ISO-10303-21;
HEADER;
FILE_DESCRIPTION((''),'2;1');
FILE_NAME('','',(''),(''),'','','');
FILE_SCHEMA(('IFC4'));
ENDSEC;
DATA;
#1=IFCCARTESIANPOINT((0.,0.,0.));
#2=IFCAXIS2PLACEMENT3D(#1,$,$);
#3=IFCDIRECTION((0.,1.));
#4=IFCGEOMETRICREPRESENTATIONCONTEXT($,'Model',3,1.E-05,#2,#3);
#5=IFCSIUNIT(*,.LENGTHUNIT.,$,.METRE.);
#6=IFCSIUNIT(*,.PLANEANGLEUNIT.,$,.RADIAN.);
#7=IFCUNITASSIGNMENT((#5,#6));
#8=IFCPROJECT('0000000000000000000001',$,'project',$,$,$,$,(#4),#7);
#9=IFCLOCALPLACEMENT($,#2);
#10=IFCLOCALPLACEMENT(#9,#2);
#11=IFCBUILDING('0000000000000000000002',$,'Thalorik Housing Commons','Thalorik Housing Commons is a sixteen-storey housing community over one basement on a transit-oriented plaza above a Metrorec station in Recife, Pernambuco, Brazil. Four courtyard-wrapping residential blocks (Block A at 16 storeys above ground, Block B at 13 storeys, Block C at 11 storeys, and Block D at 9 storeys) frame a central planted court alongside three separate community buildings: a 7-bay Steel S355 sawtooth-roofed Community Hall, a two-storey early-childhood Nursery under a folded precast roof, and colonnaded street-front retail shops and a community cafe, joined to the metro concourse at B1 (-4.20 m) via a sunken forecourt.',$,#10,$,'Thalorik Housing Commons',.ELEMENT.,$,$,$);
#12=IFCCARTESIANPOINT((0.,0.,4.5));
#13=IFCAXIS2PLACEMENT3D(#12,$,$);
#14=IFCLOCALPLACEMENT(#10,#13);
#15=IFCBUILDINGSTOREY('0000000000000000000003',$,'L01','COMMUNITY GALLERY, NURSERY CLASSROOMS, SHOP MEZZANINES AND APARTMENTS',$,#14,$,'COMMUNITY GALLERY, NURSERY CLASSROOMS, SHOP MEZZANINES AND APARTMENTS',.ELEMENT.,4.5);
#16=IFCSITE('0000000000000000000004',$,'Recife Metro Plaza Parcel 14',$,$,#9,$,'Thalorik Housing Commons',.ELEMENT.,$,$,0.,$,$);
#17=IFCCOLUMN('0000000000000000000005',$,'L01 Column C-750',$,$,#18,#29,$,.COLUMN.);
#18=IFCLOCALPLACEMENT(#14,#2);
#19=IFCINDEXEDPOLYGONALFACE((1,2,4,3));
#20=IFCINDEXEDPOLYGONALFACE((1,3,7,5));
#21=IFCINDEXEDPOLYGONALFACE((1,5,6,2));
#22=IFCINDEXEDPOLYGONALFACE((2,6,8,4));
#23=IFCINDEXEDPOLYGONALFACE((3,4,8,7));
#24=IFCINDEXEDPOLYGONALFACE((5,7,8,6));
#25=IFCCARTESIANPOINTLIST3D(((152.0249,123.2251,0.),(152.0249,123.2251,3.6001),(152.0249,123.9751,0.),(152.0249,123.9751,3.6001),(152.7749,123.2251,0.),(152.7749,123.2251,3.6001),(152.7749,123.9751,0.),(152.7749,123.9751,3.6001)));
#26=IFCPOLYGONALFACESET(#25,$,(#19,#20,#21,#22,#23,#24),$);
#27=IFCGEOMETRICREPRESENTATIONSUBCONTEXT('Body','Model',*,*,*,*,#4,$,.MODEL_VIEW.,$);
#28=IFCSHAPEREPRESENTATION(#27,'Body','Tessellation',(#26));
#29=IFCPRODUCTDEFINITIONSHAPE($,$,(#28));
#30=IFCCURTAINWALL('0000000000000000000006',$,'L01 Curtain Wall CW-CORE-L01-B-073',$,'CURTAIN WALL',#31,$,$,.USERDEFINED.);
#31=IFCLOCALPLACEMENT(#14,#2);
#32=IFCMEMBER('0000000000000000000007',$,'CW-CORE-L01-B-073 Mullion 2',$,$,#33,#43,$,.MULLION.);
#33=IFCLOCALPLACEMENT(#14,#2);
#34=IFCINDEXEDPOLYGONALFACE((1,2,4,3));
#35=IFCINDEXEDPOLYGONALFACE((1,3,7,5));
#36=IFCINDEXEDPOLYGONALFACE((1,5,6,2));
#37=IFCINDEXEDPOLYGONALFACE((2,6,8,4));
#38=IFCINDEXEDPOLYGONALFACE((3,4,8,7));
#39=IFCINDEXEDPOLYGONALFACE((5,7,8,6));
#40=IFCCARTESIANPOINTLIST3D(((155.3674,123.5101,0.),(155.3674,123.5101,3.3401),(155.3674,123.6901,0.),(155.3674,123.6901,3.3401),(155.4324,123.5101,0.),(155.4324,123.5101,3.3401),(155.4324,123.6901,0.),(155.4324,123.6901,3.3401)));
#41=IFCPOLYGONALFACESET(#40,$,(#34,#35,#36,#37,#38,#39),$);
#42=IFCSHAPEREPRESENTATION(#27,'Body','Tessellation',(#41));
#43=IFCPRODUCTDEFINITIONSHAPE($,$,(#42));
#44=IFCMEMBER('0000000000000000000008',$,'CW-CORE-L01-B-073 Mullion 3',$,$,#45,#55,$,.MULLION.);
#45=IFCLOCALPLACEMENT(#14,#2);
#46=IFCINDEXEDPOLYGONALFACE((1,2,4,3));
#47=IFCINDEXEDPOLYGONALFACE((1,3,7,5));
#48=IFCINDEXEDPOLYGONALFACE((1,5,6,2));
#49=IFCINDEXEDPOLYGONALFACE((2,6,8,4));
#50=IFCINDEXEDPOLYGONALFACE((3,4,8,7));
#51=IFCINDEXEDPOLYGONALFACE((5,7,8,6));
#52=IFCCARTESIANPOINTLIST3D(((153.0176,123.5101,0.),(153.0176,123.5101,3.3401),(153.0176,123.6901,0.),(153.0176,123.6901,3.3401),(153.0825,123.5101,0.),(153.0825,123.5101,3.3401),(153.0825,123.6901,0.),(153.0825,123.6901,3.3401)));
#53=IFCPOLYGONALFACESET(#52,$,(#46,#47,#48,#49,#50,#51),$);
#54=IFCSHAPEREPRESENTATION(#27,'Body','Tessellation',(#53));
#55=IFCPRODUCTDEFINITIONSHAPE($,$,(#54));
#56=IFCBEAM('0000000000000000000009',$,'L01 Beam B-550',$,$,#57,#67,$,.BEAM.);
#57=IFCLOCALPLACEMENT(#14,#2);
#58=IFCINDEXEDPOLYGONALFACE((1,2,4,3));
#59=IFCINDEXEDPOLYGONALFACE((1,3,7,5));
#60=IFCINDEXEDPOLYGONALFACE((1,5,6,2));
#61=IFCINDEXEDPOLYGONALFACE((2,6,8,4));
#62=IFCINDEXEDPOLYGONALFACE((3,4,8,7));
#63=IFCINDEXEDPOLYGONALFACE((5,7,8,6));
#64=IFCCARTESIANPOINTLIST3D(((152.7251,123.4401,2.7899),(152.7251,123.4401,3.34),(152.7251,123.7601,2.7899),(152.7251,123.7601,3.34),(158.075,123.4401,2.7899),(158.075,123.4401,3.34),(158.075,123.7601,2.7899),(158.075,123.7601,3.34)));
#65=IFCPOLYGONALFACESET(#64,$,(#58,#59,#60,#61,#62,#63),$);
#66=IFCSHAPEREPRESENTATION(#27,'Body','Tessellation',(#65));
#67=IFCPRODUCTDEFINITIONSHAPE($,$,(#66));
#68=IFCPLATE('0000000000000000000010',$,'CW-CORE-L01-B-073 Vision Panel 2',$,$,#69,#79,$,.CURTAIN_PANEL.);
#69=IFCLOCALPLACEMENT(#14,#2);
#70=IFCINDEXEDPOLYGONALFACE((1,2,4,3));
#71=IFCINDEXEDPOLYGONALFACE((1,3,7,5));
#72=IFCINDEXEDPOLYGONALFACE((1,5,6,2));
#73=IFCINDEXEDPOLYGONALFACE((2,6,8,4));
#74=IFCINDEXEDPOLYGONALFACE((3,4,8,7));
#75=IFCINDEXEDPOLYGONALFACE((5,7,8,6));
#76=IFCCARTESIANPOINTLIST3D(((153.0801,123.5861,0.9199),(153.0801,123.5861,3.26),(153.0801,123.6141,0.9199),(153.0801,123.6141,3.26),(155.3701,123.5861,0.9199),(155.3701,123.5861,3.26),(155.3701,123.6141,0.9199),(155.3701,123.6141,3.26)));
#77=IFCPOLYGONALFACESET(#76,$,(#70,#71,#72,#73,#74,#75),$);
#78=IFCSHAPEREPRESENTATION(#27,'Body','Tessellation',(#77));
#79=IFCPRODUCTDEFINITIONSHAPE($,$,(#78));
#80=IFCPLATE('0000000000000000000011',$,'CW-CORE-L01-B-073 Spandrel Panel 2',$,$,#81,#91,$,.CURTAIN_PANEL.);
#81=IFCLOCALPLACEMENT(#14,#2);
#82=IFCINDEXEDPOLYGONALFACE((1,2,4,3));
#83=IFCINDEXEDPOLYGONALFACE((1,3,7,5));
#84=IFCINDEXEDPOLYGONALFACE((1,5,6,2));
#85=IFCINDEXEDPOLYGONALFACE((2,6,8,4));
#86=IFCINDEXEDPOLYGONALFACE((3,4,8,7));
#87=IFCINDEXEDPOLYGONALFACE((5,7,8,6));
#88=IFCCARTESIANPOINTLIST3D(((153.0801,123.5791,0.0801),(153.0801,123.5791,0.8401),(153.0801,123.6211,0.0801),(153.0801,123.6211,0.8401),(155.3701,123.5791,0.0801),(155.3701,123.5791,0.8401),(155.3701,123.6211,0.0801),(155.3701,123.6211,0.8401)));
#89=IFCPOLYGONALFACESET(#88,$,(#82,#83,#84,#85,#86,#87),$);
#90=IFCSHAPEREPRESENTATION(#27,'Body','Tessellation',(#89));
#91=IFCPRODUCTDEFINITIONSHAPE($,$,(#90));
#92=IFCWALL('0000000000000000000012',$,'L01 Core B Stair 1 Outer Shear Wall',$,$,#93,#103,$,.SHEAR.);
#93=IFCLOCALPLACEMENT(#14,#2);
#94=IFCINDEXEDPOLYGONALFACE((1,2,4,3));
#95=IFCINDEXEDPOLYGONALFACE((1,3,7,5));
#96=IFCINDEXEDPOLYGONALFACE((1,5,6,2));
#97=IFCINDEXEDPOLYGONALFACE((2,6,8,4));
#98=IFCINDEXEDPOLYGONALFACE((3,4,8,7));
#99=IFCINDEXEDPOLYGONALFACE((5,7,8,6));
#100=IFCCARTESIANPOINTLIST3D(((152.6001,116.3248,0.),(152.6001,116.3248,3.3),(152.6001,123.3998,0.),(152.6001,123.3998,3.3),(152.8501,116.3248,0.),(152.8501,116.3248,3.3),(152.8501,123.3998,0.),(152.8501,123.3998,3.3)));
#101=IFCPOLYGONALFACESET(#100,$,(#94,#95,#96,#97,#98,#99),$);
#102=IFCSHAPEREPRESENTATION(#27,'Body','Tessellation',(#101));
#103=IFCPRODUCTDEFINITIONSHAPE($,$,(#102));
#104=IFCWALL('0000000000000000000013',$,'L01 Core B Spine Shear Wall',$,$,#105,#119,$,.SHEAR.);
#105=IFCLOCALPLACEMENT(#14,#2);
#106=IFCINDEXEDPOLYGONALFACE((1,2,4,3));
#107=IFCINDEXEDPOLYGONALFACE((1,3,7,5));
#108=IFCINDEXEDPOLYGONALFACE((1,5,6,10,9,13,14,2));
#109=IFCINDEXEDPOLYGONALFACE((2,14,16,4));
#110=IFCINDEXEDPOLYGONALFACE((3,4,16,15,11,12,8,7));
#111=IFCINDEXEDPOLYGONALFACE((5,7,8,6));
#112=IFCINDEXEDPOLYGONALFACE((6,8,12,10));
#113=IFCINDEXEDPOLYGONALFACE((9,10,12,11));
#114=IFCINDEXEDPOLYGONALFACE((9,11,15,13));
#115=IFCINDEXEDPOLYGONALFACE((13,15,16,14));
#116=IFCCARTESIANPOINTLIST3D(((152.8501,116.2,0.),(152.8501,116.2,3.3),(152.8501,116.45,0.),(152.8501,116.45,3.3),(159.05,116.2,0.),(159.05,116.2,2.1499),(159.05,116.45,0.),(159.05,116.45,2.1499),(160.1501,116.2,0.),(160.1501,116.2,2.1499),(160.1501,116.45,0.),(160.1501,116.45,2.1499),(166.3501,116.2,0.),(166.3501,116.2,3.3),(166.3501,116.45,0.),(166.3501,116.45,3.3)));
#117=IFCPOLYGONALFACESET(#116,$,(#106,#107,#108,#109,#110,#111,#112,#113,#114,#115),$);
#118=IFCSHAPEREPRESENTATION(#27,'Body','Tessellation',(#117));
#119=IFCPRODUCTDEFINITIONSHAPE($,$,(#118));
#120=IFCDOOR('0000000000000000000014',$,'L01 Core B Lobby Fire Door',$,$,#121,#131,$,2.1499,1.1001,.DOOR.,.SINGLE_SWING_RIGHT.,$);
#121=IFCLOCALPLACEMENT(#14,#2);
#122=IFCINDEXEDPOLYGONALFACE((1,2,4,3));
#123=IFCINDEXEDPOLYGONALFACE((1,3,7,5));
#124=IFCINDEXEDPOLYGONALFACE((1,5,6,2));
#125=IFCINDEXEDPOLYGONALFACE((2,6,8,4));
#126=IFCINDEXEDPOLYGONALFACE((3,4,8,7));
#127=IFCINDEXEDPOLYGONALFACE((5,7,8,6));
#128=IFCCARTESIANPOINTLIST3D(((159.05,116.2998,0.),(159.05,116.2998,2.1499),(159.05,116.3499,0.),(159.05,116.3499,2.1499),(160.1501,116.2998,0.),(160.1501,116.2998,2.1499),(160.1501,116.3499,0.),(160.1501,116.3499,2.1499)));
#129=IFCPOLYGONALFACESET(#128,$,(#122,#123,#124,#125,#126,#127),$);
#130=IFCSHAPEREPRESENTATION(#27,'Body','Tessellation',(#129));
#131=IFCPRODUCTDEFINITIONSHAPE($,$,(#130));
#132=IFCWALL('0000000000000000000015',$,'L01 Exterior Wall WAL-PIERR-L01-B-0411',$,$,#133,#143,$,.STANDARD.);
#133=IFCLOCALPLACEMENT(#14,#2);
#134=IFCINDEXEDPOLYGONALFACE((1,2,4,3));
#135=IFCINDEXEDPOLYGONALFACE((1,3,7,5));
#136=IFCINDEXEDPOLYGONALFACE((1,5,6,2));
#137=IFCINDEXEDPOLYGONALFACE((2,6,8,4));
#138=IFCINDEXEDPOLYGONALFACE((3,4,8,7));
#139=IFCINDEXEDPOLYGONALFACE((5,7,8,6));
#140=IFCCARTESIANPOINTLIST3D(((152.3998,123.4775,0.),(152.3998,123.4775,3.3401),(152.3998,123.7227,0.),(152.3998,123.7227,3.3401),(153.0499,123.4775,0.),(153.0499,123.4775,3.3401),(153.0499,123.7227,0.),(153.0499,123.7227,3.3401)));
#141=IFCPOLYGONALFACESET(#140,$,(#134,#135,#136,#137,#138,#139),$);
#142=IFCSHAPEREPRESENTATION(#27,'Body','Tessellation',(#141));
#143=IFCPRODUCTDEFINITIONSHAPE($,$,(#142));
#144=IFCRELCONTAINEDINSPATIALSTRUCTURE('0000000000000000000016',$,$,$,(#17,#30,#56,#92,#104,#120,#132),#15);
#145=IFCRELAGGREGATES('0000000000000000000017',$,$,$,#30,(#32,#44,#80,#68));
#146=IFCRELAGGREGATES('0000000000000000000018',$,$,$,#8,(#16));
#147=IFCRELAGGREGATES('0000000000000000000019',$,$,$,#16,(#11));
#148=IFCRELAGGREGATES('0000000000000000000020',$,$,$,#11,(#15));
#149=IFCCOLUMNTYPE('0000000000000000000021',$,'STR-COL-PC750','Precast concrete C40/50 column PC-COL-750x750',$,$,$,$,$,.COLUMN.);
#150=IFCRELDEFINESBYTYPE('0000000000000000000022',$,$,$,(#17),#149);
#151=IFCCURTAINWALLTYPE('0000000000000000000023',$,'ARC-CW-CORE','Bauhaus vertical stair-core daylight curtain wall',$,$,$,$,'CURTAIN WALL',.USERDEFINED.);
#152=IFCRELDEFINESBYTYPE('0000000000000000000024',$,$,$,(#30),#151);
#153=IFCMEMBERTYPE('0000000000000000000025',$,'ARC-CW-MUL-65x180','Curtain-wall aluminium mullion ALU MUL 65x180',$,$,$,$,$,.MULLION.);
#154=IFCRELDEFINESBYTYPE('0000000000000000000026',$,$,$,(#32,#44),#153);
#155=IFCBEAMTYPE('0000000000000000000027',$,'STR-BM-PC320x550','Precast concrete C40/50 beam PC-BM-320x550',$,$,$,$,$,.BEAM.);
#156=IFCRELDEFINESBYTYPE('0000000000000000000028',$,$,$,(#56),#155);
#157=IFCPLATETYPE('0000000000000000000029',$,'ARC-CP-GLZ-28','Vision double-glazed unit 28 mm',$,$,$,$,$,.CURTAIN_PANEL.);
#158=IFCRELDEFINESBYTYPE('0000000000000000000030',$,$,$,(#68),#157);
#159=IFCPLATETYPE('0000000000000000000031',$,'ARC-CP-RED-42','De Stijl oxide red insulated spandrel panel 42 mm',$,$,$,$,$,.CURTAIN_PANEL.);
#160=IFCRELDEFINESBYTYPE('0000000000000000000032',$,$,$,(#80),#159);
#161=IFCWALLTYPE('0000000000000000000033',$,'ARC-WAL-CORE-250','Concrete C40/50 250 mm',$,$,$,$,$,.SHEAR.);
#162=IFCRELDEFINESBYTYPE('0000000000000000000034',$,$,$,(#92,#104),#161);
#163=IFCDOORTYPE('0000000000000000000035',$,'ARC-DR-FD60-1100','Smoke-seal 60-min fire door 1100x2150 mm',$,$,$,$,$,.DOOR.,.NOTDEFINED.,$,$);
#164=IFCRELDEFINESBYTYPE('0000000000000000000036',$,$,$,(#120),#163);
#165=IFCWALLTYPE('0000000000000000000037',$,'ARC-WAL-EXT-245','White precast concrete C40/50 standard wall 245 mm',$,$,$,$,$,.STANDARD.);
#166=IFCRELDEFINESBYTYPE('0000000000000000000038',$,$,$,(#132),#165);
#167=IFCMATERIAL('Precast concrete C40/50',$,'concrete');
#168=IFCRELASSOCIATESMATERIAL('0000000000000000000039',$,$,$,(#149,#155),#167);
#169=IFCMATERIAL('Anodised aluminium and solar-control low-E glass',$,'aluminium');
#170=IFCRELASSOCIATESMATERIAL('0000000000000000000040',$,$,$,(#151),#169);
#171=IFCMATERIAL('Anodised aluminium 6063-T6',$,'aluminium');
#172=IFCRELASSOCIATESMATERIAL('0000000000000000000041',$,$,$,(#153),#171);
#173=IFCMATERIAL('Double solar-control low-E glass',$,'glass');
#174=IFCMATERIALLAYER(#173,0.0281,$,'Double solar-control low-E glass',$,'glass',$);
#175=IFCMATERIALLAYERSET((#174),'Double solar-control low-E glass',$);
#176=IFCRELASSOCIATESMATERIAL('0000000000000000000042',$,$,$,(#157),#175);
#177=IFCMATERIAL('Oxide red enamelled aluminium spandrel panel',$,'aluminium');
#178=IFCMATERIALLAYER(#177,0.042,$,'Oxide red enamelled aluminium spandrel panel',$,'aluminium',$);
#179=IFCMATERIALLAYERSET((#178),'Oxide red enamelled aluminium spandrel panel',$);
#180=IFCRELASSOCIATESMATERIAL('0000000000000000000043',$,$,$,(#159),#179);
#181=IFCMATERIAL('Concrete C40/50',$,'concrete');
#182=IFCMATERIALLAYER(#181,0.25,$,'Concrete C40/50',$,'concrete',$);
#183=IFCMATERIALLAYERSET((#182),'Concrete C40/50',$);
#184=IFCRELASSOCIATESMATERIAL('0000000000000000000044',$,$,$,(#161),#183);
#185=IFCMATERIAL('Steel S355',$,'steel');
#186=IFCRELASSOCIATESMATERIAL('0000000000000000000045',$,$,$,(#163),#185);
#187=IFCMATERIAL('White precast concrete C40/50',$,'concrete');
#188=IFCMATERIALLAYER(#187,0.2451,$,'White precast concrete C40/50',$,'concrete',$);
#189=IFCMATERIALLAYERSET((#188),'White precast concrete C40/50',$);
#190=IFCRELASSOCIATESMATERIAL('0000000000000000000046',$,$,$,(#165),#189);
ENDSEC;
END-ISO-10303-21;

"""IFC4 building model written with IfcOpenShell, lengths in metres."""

from ifc_helpers import new_model, si_unit, direction, frame, frame_2d, origin, origin_2d, place, context, subcontext, project, spatial, rectangle, extrude, material, layer, layer_set, material_profile, profile_set, type_object, element, fill, aggregate, save


model = new_model("IFC4")

# Units and contexts
model_context = context("Model", 3, precision=1e-05, world=origin(), true_north=direction((0.0, 1.0)))
body_context = subcontext(model_context, "Body", "Model", "MODEL_VIEW")
ifc_project = project(units=[si_unit("LENGTHUNIT", "METRE"), si_unit("PLANEANGLEUNIT", "RADIAN")], contexts=[model_context])

# Site, building, storey
site_placement = place(None, origin())
site = spatial("IfcSite", under=ifc_project, at=site_placement, Name="Recife Metro Plaza Parcel 14", LongName="Thalorik Housing Commons", CompositionType="ELEMENT", RefElevation=0.0)
building_placement = place(site_placement, origin())
building = spatial("IfcBuilding", under=site, at=building_placement, Name="Thalorik Housing Commons", Description="Thalorik Housing Commons is a sixteen-storey housing community over one basement on a transit-oriented plaza above a Metrorec station in Recife, Pernambuco, Brazil. Four courtyard-wrapping residential blocks (Block A at 16 storeys above ground, Block B at 13 storeys, Block C at 11 storeys, and Block D at 9 storeys) frame a central planted court alongside three separate community buildings: a 7-bay Steel S355 sawtooth-roofed Community Hall, a two-storey early-childhood Nursery under a folded precast roof, and colonnaded street-front retail shops and a community cafe, joined to the metro concourse at B1 (-4.20 m) via a sunken forecourt.", LongName="Thalorik Housing Commons", CompositionType="ELEMENT")
storey_placement = place(building_placement, frame((0.0, 0.0, 4.5)))
storey = spatial("IfcBuildingStorey", under=building, at=storey_placement, Name="L01", Description="COMMUNITY GALLERY, NURSERY CLASSROOMS, SHOP MEZZANINES AND APARTMENTS", LongName="COMMUNITY GALLERY, NURSERY CLASSROOMS, SHOP MEZZANINES AND APARTMENTS", CompositionType="ELEMENT", Elevation=4.5)

# Column
ifc_material_1 = material(Name="Precast concrete C40/50", Category="concrete")
ifc_material_profile_1 = material_profile(ifc_material_1, rectangle(XDim=0.75, YDim=0.75, at=origin_2d()), Name="PC 750x750", Category="concrete")
ifc_profile_set_1 = profile_set([ifc_material_profile_1], Name="Precast concrete C40/50")
column_type = type_object("IfcColumnType", Name="STR-COL-PC750", Description="Precast concrete C40/50 column PC-COL-750x750", PredefinedType="COLUMN", material=ifc_profile_set_1)
column_placement = place(storey_placement, frame((152.3999, 123.6001, 0.0), z_axis=(0.0, 0.0, 1.0), x_axis=(1.0, 0.0, 0.0)))
element("IfcColumn", 1, at=column_placement, inside=storey, type_object=column_type, Name="L01 Column C-750", PredefinedType="COLUMN", context=body_context, shape_type="SweptSolid", body=[
    extrude(rectangle(XDim=0.75, YDim=0.75, at=origin_2d()), origin(), (0.0, 0.0, 1.0), 3.6001),
])

# Curtain wall, members
ifc_material_2 = material(Name="Anodised aluminium and solar-control low-E glass", Category="aluminium")
curtain_wall_type = type_object("IfcCurtainWallType", Name="ARC-CW-CORE", Description="Bauhaus vertical stair-core daylight curtain wall", ElementType="CURTAIN WALL", PredefinedType="USERDEFINED", material=ifc_material_2)
curtain_wall_placement = place(storey_placement, origin())
curtain_wall = element("IfcCurtainWall", 2, at=curtain_wall_placement, inside=storey, type_object=curtain_wall_type, Name="L01 Curtain Wall CW-CORE-L01-B-073", ObjectType="CURTAIN WALL", PredefinedType="USERDEFINED")
ifc_material_3 = material(Name="Anodised aluminium 6063-T6", Category="aluminium")
ifc_material_profile_2 = material_profile(ifc_material_3, rectangle(XDim=0.0649, YDim=0.1799, at=origin_2d()), Name="ALU MUL 65x180", Category="aluminium")
ifc_profile_set_2 = profile_set([ifc_material_profile_2], Name="Anodised aluminium 6063-T6")
member_type = type_object("IfcMemberType", Name="ARC-CW-MUL-65x180", Description="Curtain-wall aluminium mullion ALU MUL 65x180", PredefinedType="MULLION", material=ifc_profile_set_2)
member_1_placement = place(storey_placement, frame((155.3999, 123.6001, 0.0), z_axis=(0.0, 0.0, 1.0), x_axis=(-1.0, 0.0, 0.0)))
member_1 = element("IfcMember", 3, at=member_1_placement, type_object=member_type, Name="CW-CORE-L01-B-073 Mullion 2", PredefinedType="MULLION", context=body_context, shape_type="SweptSolid", body=[
    extrude(rectangle(XDim=0.0649, YDim=0.1799, at=origin_2d()), origin(), (0.0, 0.0, 1.0), 3.3401),
])
member_2_placement = place(storey_placement, frame((153.05, 123.6001, 0.0), z_axis=(0.0, 0.0, 1.0), x_axis=(-1.0, 0.0, 0.0)))
member_2 = element("IfcMember", 4, at=member_2_placement, type_object=member_type, Name="CW-CORE-L01-B-073 Mullion 3", PredefinedType="MULLION", context=body_context, shape_type="SweptSolid", body=[
    extrude(rectangle(XDim=0.0649, YDim=0.1799, at=origin_2d()), origin(), (0.0, 0.0, 1.0), 3.3401),
])

# Beam
ifc_material_profile_3 = material_profile(ifc_material_1, rectangle(XDim=0.3201, YDim=0.55, at=origin_2d()), Name="PC 320x550", Category="concrete")
ifc_profile_set_3 = profile_set([ifc_material_profile_3], Name="Precast concrete C40/50")
beam_type = type_object("IfcBeamType", Name="STR-BM-PC320x550", Description="Precast concrete C40/50 beam PC-BM-320x550", PredefinedType="BEAM", material=ifc_profile_set_3)
beam_placement = place(storey_placement, frame((152.7251, 123.6001, 3.0649), z_axis=(1.0, 0.0, 0.0), x_axis=(0.0, 1.0, 0.0)))
element("IfcBeam", 5, at=beam_placement, inside=storey, type_object=beam_type, Name="L01 Beam B-550", PredefinedType="BEAM", context=body_context, shape_type="SweptSolid", body=[
    extrude(rectangle(XDim=0.3201, YDim=0.55, at=origin_2d()), origin(), (0.0, 0.0, 1.0), 5.3499),
])

# Plates
ifc_material_4 = material(Name="Double solar-control low-E glass", Category="glass")
ifc_layer_1 = layer(ifc_material_4, 0.0281, Name="Double solar-control low-E glass", Category="glass")
ifc_layer_set_1 = layer_set([ifc_layer_1], Name="Double solar-control low-E glass")
plate_type_1 = type_object("IfcPlateType", Name="ARC-CP-GLZ-28", Description="Vision double-glazed unit 28 mm", PredefinedType="CURTAIN_PANEL", material=ifc_layer_set_1)
plate_1_placement = place(storey_placement, frame((154.2251, 123.6001, 0.9199), z_axis=(0.0, 0.0, 1.0), x_axis=(-1.0, 0.0, 0.0)))
plate_1 = element("IfcPlate", 6, at=plate_1_placement, type_object=plate_type_1, Name="CW-CORE-L01-B-073 Vision Panel 2", PredefinedType="CURTAIN_PANEL", context=body_context, shape_type="SweptSolid", body=[
    extrude(rectangle(XDim=2.29, YDim=0.0281, at=origin_2d()), origin(), (0.0, 0.0, 1.0), 2.3401),
])
ifc_material_5 = material(Name="Oxide red enamelled aluminium spandrel panel", Category="aluminium")
ifc_layer_2 = layer(ifc_material_5, 0.042, Name="Oxide red enamelled aluminium spandrel panel", Category="aluminium")
ifc_layer_set_2 = layer_set([ifc_layer_2], Name="Oxide red enamelled aluminium spandrel panel")
plate_type_2 = type_object("IfcPlateType", Name="ARC-CP-RED-42", Description="De Stijl oxide red insulated spandrel panel 42 mm", PredefinedType="CURTAIN_PANEL", material=ifc_layer_set_2)
plate_2_placement = place(storey_placement, frame((154.2251, 123.6001, 0.0801), z_axis=(0.0, 0.0, 1.0), x_axis=(-1.0, 0.0, 0.0)))
plate_2 = element("IfcPlate", 7, at=plate_2_placement, type_object=plate_type_2, Name="CW-CORE-L01-B-073 Spandrel Panel 2", PredefinedType="CURTAIN_PANEL", context=body_context, shape_type="SweptSolid", body=[
    extrude(rectangle(XDim=2.29, YDim=0.042, at=origin_2d()), origin(), (0.0, 0.0, 1.0), 0.76),
])
aggregate(curtain_wall, [member_1, member_2, plate_2, plate_1])

# Wall
ifc_material_6 = material(Name="Concrete C40/50", Category="concrete")
ifc_layer_3 = layer(ifc_material_6, 0.25, Name="Concrete C40/50", Category="concrete")
ifc_layer_set_3 = layer_set([ifc_layer_3], Name="Concrete C40/50")
wall_type_1 = type_object("IfcWallType", Name="ARC-WAL-CORE-250", Description="Concrete C40/50 250 mm", PredefinedType="SHEAR", material=ifc_layer_set_3)
wall_1_placement = place(storey_placement, frame((152.7251, 123.3999, 0.0), z_axis=(0.0, 0.0, 1.0), x_axis=(0.0, -1.0, 0.0)))
element("IfcWall", 8, at=wall_1_placement, inside=storey, type_object=wall_type_1, Name="L01 Core B Stair 1 Outer Shear Wall", PredefinedType="SHEAR", context=body_context, shape_type="SweptSolid", body=[
    extrude(rectangle(XDim=7.075, YDim=0.25, at=frame_2d((3.5376, 0.0))), origin(), (0.0, 0.0, 1.0), 3.3),
])

# Wall, opening, door
wall_2_placement = place(storey_placement, frame((152.8501, 116.325, 0.0), z_axis=(0.0, 0.0, 1.0), x_axis=(1.0, 0.0, 0.0)))
wall_2 = element("IfcWall", 9, at=wall_2_placement, inside=storey, type_object=wall_type_1, Name="L01 Core B Spine Shear Wall", PredefinedType="SHEAR", context=body_context, shape_type="SweptSolid", body=[
    extrude(rectangle(XDim=13.5, YDim=0.25, at=frame_2d((6.75, 0.0))), origin(), (0.0, 0.0, 1.0), 3.3),
])
opening_1_placement = place(wall_2_placement, frame((6.2, 0.0, 0.0)))
opening_1 = element("IfcOpeningElement", 10, at=opening_1_placement, cuts=wall_2, PredefinedType="OPENING", context=body_context, shape_type="SweptSolid", body=[
    extrude(rectangle(XDim=1.1001, YDim=2.1499, at=frame_2d((0.55, 1.075))), frame((0.0, 0.135, 0.0), z_axis=(0.0, -1.0, 0.0), x_axis=(1.0, 0.0, 0.0)), (0.0, 0.0, 1.0), 0.27),
])
ifc_material_7 = material(Name="Steel S355", Category="steel")
door_type = type_object("IfcDoorType", Name="ARC-DR-FD60-1100", Description="Smoke-seal 60-min fire door 1100x2150 mm", OperationType="NOTDEFINED", PredefinedType="DOOR", material=ifc_material_7)
door_placement = place(opening_1_placement, origin())
door = element("IfcDoor", 11, at=door_placement, inside=storey, type_object=door_type, Name="L01 Core B Lobby Fire Door", OperationType="SINGLE_SWING_RIGHT", OverallHeight=2.1499, OverallWidth=1.1001, PredefinedType="DOOR", context=body_context, shape_type="SweptSolid", body=[
    extrude(rectangle(XDim=1.1001, YDim=2.1499, at=frame_2d((0.55, 1.075))), frame((0.0, 0.0249, 0.0), z_axis=(0.0, -1.0, 0.0), x_axis=(1.0, 0.0, 0.0)), (0.0, 0.0, 1.0), 0.05),
])
fill(opening_1, door)

# Wall
ifc_material_8 = material(Name="White precast concrete C40/50", Category="concrete")
ifc_layer_4 = layer(ifc_material_8, 0.2451, Name="White precast concrete C40/50", Category="concrete")
ifc_layer_set_4 = layer_set([ifc_layer_4], Name="White precast concrete C40/50")
wall_type_2 = type_object("IfcWallType", Name="ARC-WAL-EXT-245", Description="White precast concrete C40/50 standard wall 245 mm", PredefinedType="STANDARD", material=ifc_layer_set_4)
wall_3_placement = place(storey_placement, frame((153.05, 123.6001, 0.0), z_axis=(0.0, 0.0, 1.0), x_axis=(-1.0, 0.0, 0.0)))
element("IfcWall", 12, at=wall_3_placement, inside=storey, type_object=wall_type_2, Name="L01 Exterior Wall WAL-PIERR-L01-B-0411", PredefinedType="STANDARD", context=body_context, shape_type="SweptSolid", body=[
    extrude(rectangle(XDim=0.6501, YDim=0.2451, at=frame_2d((0.3252, 0.0))), origin(), (0.0, 0.0, 1.0), 3.3401),
])

save(model, "model.ifc")
